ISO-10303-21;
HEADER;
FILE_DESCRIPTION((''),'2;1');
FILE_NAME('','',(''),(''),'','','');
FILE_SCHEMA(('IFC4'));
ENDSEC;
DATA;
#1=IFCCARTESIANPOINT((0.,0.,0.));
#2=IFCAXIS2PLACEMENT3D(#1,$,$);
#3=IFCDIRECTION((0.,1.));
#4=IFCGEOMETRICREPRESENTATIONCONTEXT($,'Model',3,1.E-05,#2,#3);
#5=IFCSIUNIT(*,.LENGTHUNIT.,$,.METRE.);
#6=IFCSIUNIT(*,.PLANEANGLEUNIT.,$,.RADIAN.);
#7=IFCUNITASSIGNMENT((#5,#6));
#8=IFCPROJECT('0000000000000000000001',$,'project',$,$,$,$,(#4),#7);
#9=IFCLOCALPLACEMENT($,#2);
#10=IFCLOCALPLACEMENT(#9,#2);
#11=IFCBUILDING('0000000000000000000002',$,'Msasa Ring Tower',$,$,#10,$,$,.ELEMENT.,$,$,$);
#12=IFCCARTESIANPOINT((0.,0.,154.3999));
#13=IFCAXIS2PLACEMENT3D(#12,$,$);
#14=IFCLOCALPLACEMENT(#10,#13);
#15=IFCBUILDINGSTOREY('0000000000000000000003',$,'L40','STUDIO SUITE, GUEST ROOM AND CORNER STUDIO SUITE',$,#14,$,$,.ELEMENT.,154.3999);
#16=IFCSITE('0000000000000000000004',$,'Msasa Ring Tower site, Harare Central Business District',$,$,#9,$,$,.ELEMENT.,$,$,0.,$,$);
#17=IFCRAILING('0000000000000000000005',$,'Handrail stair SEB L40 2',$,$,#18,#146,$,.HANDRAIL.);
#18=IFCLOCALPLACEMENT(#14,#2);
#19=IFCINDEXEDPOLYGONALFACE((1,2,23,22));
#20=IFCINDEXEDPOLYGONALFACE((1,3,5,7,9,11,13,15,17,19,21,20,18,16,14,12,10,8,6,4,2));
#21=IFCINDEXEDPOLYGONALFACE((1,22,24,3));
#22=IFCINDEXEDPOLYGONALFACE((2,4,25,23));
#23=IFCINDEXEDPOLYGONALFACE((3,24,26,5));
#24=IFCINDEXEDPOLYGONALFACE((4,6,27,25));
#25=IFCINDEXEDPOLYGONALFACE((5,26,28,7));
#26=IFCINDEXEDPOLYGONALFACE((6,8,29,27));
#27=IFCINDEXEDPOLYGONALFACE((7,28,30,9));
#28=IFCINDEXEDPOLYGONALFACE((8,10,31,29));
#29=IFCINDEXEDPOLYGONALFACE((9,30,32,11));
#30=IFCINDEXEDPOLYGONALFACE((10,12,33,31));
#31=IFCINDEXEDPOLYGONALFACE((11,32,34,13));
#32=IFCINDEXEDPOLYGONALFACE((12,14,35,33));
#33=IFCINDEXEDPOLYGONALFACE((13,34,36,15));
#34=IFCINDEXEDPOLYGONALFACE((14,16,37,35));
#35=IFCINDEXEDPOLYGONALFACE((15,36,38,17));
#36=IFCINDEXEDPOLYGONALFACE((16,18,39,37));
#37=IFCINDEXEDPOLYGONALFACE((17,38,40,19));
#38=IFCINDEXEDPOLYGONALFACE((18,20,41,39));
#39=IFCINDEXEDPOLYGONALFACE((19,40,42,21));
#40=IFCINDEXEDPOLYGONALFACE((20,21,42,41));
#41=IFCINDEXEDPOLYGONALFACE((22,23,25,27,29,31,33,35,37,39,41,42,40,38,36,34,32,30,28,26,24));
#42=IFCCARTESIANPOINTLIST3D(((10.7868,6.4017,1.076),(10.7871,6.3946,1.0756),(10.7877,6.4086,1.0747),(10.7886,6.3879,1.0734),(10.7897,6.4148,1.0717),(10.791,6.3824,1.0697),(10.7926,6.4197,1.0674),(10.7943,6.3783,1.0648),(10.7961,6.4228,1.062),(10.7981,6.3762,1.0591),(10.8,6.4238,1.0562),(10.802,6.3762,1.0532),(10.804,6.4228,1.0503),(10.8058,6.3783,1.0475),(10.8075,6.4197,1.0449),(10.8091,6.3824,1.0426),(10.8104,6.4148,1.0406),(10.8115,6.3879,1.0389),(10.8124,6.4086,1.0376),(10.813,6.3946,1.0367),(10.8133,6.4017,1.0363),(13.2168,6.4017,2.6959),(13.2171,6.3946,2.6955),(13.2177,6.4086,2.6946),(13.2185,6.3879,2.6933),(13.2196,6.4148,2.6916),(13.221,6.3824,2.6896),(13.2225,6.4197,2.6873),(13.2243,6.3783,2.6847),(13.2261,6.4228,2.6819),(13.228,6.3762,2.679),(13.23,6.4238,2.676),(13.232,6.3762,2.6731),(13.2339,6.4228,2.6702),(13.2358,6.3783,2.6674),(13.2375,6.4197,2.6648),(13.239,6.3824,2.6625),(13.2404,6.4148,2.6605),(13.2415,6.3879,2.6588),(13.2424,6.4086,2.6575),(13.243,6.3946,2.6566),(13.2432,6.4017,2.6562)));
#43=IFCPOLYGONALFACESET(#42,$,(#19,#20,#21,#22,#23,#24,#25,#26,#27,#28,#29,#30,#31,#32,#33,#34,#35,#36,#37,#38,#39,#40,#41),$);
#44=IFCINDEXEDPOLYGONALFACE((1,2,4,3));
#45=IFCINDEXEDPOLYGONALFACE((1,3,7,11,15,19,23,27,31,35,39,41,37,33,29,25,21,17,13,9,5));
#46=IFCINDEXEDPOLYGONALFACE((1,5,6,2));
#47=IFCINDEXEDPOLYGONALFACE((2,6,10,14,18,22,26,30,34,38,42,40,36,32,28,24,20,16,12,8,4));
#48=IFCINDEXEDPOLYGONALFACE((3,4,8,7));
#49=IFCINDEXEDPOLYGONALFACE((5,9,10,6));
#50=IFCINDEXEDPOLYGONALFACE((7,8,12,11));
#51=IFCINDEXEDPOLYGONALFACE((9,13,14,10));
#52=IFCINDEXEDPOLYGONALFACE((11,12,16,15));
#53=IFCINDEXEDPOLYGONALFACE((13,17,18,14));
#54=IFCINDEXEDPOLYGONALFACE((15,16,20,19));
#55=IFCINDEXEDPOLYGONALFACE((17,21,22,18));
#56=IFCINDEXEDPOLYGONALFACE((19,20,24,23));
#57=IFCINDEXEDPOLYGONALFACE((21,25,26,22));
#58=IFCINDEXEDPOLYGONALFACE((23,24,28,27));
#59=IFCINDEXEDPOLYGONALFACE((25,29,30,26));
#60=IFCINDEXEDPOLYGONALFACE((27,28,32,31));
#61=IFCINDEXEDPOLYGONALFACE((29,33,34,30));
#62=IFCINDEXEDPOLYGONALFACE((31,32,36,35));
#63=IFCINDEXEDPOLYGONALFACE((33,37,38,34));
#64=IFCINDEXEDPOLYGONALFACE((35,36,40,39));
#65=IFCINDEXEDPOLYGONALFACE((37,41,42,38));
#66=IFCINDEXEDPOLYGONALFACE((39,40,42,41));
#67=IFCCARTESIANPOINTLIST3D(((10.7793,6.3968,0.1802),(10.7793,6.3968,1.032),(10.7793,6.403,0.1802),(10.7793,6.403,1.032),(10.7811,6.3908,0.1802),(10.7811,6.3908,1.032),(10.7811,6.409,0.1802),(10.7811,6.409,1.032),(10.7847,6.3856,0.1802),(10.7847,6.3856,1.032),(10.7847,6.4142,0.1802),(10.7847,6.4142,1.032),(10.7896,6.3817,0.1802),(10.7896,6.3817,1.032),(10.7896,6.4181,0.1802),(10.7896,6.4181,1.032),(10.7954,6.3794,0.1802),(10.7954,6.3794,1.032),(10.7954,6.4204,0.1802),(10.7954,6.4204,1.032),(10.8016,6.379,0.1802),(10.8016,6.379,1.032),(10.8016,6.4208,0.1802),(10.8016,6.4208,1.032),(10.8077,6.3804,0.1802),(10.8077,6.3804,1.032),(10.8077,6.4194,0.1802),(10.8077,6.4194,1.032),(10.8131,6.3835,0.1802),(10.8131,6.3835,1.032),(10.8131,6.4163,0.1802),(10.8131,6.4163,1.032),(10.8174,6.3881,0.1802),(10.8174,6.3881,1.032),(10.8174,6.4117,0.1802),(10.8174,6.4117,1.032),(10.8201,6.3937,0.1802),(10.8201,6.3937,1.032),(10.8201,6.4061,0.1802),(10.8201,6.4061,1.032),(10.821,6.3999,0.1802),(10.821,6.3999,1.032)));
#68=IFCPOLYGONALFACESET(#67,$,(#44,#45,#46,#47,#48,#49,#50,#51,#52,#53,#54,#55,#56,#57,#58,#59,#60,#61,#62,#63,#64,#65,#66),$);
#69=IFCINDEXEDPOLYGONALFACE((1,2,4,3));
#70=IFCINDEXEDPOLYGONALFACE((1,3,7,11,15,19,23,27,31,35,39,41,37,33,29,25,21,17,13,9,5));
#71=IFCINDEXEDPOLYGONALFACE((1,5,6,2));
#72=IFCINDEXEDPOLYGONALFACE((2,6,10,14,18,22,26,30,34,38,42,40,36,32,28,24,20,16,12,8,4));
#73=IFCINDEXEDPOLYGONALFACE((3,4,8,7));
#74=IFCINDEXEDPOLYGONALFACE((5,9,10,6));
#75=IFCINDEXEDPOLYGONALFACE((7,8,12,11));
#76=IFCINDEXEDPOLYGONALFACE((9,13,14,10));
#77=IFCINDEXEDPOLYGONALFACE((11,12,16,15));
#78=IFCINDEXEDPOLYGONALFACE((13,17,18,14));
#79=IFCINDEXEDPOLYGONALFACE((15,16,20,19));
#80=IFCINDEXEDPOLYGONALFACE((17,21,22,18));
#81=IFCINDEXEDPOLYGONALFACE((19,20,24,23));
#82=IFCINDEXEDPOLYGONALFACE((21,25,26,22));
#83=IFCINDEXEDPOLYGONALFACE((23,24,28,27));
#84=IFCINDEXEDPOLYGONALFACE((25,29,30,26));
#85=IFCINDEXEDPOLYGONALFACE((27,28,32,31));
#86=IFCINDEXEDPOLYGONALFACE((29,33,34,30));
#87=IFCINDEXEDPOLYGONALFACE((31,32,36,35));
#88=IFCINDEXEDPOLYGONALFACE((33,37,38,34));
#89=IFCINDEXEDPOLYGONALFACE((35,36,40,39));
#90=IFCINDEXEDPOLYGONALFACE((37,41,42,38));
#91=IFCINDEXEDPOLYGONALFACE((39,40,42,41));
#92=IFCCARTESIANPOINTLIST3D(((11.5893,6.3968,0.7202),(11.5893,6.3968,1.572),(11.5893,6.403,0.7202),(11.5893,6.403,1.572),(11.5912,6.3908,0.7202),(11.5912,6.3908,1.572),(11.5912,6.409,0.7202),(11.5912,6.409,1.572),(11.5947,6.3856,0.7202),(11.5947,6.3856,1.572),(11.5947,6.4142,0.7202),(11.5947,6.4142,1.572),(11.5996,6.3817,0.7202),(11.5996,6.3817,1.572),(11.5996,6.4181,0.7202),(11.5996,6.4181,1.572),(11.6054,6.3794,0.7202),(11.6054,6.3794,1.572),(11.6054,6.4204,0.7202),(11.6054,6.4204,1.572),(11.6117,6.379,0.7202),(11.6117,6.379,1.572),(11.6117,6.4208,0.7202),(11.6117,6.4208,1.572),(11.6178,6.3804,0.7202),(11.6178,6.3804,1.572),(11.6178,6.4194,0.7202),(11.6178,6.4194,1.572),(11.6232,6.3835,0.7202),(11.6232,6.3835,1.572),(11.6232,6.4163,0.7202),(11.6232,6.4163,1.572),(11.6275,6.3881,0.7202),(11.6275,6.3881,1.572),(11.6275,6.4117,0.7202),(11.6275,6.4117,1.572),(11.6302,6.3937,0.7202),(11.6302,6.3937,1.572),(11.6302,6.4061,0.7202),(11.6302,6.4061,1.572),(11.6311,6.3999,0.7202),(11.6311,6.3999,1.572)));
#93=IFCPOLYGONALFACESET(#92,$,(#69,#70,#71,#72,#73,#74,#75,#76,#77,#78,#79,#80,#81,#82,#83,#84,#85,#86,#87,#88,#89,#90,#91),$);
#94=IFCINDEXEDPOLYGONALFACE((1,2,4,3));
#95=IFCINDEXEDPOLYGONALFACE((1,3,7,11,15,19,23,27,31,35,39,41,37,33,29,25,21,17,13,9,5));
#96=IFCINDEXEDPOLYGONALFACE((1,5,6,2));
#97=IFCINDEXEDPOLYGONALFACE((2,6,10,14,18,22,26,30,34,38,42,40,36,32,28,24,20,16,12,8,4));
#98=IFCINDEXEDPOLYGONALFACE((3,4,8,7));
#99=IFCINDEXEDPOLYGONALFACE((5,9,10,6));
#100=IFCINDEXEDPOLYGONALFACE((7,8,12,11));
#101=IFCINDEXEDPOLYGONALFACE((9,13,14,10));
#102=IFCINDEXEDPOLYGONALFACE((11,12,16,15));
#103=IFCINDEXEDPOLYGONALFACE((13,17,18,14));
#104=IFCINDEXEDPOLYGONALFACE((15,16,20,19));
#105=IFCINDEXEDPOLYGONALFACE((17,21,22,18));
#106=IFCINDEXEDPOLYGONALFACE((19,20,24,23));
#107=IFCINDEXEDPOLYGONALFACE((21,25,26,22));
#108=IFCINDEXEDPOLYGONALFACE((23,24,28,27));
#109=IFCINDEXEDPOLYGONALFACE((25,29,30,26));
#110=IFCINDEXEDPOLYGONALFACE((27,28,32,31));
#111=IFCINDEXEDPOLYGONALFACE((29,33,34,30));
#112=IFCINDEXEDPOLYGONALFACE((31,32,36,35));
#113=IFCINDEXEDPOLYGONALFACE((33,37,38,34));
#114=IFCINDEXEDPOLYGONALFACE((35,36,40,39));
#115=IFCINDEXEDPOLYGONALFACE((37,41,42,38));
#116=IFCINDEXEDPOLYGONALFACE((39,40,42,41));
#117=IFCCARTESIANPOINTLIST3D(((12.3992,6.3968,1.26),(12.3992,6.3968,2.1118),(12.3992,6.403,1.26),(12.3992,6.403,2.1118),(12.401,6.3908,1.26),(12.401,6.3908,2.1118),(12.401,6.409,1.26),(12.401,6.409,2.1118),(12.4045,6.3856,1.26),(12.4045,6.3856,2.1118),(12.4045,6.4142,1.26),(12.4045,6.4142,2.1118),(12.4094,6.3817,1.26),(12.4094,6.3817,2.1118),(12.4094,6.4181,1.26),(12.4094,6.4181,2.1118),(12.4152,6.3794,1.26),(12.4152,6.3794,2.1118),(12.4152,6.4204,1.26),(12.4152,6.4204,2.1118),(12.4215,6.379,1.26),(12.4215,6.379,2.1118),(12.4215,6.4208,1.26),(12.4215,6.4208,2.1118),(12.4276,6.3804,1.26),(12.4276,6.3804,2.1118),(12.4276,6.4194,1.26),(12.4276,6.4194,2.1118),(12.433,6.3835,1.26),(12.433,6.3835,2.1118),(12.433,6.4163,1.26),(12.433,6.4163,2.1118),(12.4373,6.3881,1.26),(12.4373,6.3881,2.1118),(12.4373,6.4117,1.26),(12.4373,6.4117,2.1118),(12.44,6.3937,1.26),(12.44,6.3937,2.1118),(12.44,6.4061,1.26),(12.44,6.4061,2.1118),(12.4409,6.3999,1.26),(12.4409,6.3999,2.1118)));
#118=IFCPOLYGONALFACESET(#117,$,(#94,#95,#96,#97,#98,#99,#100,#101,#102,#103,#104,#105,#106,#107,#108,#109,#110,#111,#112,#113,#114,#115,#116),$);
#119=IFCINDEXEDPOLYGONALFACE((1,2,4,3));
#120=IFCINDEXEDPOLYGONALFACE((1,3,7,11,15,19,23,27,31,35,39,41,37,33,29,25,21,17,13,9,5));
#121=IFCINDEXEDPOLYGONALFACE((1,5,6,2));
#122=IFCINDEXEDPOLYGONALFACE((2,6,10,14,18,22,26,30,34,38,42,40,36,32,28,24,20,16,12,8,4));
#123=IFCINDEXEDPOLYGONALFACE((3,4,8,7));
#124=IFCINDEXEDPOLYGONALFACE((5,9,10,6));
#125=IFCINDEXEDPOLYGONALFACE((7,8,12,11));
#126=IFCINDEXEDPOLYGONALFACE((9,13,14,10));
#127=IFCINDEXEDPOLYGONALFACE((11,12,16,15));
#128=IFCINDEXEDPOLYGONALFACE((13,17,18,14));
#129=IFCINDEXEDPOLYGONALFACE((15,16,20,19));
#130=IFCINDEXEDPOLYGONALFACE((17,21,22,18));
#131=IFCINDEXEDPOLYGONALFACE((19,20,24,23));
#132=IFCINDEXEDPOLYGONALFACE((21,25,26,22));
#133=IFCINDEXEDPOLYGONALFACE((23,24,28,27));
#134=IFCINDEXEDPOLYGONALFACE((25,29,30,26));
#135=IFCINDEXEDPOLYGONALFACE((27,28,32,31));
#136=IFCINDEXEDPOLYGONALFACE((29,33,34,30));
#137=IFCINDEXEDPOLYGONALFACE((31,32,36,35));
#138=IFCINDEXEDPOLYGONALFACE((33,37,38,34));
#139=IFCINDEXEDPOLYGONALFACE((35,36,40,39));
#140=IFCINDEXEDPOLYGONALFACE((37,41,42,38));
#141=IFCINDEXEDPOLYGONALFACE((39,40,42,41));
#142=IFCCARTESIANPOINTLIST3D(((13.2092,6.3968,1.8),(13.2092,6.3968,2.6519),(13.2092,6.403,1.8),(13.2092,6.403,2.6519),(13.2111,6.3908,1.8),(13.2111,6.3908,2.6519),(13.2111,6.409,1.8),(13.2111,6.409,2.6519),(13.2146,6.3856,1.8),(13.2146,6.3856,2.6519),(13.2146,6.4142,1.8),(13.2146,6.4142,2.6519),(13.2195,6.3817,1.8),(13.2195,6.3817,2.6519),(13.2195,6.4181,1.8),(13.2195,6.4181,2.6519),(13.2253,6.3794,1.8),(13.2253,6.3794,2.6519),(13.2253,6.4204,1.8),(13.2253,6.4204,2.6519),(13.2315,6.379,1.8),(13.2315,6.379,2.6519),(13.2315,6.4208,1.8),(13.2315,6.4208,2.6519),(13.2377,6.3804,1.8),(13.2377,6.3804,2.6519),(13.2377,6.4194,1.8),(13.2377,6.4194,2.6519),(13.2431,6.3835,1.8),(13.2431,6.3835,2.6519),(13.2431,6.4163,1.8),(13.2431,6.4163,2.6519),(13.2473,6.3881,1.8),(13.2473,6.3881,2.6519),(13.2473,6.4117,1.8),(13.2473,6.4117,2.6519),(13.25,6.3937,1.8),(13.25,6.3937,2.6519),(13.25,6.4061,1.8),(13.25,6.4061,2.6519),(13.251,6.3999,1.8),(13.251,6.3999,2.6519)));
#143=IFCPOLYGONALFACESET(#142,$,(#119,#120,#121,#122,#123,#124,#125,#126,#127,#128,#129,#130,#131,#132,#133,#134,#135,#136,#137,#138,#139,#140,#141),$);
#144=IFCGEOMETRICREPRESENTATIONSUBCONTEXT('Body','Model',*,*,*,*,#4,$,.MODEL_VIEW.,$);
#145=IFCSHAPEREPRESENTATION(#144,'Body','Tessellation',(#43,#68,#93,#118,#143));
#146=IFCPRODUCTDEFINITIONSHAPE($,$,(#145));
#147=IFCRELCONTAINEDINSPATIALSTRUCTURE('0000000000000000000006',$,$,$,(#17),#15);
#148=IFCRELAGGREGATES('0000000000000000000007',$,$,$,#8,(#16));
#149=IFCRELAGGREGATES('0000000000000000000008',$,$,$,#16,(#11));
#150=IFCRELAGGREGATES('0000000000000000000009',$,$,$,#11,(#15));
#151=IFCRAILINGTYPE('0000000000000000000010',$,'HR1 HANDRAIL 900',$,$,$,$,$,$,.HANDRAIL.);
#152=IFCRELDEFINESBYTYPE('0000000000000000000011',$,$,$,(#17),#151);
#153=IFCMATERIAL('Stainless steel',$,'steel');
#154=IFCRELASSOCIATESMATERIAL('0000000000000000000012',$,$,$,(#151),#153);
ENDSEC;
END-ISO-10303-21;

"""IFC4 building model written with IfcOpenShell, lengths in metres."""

from ifc_helpers import new_model, si_unit, direction, frame, origin, origin_2d, place, context, subcontext, project, spatial, circle, extrude, material, type_object, element, save


model = new_model("IFC4")

# Units and contexts
model_context = context("Model", 3, precision=1e-05, world=origin(), true_north=direction((0.0, 1.0)))
body_context = subcontext(model_context, "Body", "Model", "MODEL_VIEW")
ifc_project = project(units=[si_unit("LENGTHUNIT", "METRE"), si_unit("PLANEANGLEUNIT", "RADIAN")], contexts=[model_context])

# Site, building, storey
site_placement = place(None, origin())
site = spatial("IfcSite", under=ifc_project, at=site_placement, Name="Msasa Ring Tower site, Harare Central Business District", CompositionType="ELEMENT", RefElevation=0.0)
building_placement = place(site_placement, origin())
building = spatial("IfcBuilding", under=site, at=building_placement, Name="Msasa Ring Tower", CompositionType="ELEMENT")
storey_placement = place(building_placement, frame((0.0, 0.0, 154.3999)))
storey = spatial("IfcBuildingStorey", under=building, at=storey_placement, Name="L40", Description="STUDIO SUITE, GUEST ROOM AND CORNER STUDIO SUITE", CompositionType="ELEMENT", Elevation=154.3999)

# Railing
ifc_material_1 = material(Name="Stainless steel", Category="steel")
railing_type = type_object("IfcRailingType", Name="HR1 HANDRAIL 900", PredefinedType="HANDRAIL", material=ifc_material_1)
for number, where, name in (
    (1, (10.8, 6.3999, 0.1802), "Handrail stair SEB L40 2"),
):
    element("IfcRailing", number, at=place(storey_placement, frame(where)), inside=storey, type_object=railing_type, Name=name, PredefinedType="HANDRAIL", context=body_context, shape_type="SweptSolid", body=[
        extrude(circle(Radius=0.0239, at=origin_2d()), frame((0.0, 0.0, 0.876), z_axis=(0.832063, 0.0, 0.554681), x_axis=(0.0, 1.0, 0.0)), (0.0, 0.0, 1.0), 2.9204),
        extrude(circle(Radius=0.021, at=origin_2d()), origin(), (0.0, 0.0, 1.0), 0.8518),
        extrude(circle(Radius=0.021, at=origin_2d()), frame((0.8101, 0.0, 0.54)), (0.0, 0.0, 1.0), 0.8518),
        extrude(circle(Radius=0.021, at=origin_2d()), frame((1.6199, 0.0, 1.0798)), (0.0, 0.0, 1.0), 0.8518),
        extrude(circle(Radius=0.021, at=origin_2d()), frame((2.4299, 0.0, 1.6199)), (0.0, 0.0, 1.0), 0.8518),
    ])

save(model, "model.ifc")
